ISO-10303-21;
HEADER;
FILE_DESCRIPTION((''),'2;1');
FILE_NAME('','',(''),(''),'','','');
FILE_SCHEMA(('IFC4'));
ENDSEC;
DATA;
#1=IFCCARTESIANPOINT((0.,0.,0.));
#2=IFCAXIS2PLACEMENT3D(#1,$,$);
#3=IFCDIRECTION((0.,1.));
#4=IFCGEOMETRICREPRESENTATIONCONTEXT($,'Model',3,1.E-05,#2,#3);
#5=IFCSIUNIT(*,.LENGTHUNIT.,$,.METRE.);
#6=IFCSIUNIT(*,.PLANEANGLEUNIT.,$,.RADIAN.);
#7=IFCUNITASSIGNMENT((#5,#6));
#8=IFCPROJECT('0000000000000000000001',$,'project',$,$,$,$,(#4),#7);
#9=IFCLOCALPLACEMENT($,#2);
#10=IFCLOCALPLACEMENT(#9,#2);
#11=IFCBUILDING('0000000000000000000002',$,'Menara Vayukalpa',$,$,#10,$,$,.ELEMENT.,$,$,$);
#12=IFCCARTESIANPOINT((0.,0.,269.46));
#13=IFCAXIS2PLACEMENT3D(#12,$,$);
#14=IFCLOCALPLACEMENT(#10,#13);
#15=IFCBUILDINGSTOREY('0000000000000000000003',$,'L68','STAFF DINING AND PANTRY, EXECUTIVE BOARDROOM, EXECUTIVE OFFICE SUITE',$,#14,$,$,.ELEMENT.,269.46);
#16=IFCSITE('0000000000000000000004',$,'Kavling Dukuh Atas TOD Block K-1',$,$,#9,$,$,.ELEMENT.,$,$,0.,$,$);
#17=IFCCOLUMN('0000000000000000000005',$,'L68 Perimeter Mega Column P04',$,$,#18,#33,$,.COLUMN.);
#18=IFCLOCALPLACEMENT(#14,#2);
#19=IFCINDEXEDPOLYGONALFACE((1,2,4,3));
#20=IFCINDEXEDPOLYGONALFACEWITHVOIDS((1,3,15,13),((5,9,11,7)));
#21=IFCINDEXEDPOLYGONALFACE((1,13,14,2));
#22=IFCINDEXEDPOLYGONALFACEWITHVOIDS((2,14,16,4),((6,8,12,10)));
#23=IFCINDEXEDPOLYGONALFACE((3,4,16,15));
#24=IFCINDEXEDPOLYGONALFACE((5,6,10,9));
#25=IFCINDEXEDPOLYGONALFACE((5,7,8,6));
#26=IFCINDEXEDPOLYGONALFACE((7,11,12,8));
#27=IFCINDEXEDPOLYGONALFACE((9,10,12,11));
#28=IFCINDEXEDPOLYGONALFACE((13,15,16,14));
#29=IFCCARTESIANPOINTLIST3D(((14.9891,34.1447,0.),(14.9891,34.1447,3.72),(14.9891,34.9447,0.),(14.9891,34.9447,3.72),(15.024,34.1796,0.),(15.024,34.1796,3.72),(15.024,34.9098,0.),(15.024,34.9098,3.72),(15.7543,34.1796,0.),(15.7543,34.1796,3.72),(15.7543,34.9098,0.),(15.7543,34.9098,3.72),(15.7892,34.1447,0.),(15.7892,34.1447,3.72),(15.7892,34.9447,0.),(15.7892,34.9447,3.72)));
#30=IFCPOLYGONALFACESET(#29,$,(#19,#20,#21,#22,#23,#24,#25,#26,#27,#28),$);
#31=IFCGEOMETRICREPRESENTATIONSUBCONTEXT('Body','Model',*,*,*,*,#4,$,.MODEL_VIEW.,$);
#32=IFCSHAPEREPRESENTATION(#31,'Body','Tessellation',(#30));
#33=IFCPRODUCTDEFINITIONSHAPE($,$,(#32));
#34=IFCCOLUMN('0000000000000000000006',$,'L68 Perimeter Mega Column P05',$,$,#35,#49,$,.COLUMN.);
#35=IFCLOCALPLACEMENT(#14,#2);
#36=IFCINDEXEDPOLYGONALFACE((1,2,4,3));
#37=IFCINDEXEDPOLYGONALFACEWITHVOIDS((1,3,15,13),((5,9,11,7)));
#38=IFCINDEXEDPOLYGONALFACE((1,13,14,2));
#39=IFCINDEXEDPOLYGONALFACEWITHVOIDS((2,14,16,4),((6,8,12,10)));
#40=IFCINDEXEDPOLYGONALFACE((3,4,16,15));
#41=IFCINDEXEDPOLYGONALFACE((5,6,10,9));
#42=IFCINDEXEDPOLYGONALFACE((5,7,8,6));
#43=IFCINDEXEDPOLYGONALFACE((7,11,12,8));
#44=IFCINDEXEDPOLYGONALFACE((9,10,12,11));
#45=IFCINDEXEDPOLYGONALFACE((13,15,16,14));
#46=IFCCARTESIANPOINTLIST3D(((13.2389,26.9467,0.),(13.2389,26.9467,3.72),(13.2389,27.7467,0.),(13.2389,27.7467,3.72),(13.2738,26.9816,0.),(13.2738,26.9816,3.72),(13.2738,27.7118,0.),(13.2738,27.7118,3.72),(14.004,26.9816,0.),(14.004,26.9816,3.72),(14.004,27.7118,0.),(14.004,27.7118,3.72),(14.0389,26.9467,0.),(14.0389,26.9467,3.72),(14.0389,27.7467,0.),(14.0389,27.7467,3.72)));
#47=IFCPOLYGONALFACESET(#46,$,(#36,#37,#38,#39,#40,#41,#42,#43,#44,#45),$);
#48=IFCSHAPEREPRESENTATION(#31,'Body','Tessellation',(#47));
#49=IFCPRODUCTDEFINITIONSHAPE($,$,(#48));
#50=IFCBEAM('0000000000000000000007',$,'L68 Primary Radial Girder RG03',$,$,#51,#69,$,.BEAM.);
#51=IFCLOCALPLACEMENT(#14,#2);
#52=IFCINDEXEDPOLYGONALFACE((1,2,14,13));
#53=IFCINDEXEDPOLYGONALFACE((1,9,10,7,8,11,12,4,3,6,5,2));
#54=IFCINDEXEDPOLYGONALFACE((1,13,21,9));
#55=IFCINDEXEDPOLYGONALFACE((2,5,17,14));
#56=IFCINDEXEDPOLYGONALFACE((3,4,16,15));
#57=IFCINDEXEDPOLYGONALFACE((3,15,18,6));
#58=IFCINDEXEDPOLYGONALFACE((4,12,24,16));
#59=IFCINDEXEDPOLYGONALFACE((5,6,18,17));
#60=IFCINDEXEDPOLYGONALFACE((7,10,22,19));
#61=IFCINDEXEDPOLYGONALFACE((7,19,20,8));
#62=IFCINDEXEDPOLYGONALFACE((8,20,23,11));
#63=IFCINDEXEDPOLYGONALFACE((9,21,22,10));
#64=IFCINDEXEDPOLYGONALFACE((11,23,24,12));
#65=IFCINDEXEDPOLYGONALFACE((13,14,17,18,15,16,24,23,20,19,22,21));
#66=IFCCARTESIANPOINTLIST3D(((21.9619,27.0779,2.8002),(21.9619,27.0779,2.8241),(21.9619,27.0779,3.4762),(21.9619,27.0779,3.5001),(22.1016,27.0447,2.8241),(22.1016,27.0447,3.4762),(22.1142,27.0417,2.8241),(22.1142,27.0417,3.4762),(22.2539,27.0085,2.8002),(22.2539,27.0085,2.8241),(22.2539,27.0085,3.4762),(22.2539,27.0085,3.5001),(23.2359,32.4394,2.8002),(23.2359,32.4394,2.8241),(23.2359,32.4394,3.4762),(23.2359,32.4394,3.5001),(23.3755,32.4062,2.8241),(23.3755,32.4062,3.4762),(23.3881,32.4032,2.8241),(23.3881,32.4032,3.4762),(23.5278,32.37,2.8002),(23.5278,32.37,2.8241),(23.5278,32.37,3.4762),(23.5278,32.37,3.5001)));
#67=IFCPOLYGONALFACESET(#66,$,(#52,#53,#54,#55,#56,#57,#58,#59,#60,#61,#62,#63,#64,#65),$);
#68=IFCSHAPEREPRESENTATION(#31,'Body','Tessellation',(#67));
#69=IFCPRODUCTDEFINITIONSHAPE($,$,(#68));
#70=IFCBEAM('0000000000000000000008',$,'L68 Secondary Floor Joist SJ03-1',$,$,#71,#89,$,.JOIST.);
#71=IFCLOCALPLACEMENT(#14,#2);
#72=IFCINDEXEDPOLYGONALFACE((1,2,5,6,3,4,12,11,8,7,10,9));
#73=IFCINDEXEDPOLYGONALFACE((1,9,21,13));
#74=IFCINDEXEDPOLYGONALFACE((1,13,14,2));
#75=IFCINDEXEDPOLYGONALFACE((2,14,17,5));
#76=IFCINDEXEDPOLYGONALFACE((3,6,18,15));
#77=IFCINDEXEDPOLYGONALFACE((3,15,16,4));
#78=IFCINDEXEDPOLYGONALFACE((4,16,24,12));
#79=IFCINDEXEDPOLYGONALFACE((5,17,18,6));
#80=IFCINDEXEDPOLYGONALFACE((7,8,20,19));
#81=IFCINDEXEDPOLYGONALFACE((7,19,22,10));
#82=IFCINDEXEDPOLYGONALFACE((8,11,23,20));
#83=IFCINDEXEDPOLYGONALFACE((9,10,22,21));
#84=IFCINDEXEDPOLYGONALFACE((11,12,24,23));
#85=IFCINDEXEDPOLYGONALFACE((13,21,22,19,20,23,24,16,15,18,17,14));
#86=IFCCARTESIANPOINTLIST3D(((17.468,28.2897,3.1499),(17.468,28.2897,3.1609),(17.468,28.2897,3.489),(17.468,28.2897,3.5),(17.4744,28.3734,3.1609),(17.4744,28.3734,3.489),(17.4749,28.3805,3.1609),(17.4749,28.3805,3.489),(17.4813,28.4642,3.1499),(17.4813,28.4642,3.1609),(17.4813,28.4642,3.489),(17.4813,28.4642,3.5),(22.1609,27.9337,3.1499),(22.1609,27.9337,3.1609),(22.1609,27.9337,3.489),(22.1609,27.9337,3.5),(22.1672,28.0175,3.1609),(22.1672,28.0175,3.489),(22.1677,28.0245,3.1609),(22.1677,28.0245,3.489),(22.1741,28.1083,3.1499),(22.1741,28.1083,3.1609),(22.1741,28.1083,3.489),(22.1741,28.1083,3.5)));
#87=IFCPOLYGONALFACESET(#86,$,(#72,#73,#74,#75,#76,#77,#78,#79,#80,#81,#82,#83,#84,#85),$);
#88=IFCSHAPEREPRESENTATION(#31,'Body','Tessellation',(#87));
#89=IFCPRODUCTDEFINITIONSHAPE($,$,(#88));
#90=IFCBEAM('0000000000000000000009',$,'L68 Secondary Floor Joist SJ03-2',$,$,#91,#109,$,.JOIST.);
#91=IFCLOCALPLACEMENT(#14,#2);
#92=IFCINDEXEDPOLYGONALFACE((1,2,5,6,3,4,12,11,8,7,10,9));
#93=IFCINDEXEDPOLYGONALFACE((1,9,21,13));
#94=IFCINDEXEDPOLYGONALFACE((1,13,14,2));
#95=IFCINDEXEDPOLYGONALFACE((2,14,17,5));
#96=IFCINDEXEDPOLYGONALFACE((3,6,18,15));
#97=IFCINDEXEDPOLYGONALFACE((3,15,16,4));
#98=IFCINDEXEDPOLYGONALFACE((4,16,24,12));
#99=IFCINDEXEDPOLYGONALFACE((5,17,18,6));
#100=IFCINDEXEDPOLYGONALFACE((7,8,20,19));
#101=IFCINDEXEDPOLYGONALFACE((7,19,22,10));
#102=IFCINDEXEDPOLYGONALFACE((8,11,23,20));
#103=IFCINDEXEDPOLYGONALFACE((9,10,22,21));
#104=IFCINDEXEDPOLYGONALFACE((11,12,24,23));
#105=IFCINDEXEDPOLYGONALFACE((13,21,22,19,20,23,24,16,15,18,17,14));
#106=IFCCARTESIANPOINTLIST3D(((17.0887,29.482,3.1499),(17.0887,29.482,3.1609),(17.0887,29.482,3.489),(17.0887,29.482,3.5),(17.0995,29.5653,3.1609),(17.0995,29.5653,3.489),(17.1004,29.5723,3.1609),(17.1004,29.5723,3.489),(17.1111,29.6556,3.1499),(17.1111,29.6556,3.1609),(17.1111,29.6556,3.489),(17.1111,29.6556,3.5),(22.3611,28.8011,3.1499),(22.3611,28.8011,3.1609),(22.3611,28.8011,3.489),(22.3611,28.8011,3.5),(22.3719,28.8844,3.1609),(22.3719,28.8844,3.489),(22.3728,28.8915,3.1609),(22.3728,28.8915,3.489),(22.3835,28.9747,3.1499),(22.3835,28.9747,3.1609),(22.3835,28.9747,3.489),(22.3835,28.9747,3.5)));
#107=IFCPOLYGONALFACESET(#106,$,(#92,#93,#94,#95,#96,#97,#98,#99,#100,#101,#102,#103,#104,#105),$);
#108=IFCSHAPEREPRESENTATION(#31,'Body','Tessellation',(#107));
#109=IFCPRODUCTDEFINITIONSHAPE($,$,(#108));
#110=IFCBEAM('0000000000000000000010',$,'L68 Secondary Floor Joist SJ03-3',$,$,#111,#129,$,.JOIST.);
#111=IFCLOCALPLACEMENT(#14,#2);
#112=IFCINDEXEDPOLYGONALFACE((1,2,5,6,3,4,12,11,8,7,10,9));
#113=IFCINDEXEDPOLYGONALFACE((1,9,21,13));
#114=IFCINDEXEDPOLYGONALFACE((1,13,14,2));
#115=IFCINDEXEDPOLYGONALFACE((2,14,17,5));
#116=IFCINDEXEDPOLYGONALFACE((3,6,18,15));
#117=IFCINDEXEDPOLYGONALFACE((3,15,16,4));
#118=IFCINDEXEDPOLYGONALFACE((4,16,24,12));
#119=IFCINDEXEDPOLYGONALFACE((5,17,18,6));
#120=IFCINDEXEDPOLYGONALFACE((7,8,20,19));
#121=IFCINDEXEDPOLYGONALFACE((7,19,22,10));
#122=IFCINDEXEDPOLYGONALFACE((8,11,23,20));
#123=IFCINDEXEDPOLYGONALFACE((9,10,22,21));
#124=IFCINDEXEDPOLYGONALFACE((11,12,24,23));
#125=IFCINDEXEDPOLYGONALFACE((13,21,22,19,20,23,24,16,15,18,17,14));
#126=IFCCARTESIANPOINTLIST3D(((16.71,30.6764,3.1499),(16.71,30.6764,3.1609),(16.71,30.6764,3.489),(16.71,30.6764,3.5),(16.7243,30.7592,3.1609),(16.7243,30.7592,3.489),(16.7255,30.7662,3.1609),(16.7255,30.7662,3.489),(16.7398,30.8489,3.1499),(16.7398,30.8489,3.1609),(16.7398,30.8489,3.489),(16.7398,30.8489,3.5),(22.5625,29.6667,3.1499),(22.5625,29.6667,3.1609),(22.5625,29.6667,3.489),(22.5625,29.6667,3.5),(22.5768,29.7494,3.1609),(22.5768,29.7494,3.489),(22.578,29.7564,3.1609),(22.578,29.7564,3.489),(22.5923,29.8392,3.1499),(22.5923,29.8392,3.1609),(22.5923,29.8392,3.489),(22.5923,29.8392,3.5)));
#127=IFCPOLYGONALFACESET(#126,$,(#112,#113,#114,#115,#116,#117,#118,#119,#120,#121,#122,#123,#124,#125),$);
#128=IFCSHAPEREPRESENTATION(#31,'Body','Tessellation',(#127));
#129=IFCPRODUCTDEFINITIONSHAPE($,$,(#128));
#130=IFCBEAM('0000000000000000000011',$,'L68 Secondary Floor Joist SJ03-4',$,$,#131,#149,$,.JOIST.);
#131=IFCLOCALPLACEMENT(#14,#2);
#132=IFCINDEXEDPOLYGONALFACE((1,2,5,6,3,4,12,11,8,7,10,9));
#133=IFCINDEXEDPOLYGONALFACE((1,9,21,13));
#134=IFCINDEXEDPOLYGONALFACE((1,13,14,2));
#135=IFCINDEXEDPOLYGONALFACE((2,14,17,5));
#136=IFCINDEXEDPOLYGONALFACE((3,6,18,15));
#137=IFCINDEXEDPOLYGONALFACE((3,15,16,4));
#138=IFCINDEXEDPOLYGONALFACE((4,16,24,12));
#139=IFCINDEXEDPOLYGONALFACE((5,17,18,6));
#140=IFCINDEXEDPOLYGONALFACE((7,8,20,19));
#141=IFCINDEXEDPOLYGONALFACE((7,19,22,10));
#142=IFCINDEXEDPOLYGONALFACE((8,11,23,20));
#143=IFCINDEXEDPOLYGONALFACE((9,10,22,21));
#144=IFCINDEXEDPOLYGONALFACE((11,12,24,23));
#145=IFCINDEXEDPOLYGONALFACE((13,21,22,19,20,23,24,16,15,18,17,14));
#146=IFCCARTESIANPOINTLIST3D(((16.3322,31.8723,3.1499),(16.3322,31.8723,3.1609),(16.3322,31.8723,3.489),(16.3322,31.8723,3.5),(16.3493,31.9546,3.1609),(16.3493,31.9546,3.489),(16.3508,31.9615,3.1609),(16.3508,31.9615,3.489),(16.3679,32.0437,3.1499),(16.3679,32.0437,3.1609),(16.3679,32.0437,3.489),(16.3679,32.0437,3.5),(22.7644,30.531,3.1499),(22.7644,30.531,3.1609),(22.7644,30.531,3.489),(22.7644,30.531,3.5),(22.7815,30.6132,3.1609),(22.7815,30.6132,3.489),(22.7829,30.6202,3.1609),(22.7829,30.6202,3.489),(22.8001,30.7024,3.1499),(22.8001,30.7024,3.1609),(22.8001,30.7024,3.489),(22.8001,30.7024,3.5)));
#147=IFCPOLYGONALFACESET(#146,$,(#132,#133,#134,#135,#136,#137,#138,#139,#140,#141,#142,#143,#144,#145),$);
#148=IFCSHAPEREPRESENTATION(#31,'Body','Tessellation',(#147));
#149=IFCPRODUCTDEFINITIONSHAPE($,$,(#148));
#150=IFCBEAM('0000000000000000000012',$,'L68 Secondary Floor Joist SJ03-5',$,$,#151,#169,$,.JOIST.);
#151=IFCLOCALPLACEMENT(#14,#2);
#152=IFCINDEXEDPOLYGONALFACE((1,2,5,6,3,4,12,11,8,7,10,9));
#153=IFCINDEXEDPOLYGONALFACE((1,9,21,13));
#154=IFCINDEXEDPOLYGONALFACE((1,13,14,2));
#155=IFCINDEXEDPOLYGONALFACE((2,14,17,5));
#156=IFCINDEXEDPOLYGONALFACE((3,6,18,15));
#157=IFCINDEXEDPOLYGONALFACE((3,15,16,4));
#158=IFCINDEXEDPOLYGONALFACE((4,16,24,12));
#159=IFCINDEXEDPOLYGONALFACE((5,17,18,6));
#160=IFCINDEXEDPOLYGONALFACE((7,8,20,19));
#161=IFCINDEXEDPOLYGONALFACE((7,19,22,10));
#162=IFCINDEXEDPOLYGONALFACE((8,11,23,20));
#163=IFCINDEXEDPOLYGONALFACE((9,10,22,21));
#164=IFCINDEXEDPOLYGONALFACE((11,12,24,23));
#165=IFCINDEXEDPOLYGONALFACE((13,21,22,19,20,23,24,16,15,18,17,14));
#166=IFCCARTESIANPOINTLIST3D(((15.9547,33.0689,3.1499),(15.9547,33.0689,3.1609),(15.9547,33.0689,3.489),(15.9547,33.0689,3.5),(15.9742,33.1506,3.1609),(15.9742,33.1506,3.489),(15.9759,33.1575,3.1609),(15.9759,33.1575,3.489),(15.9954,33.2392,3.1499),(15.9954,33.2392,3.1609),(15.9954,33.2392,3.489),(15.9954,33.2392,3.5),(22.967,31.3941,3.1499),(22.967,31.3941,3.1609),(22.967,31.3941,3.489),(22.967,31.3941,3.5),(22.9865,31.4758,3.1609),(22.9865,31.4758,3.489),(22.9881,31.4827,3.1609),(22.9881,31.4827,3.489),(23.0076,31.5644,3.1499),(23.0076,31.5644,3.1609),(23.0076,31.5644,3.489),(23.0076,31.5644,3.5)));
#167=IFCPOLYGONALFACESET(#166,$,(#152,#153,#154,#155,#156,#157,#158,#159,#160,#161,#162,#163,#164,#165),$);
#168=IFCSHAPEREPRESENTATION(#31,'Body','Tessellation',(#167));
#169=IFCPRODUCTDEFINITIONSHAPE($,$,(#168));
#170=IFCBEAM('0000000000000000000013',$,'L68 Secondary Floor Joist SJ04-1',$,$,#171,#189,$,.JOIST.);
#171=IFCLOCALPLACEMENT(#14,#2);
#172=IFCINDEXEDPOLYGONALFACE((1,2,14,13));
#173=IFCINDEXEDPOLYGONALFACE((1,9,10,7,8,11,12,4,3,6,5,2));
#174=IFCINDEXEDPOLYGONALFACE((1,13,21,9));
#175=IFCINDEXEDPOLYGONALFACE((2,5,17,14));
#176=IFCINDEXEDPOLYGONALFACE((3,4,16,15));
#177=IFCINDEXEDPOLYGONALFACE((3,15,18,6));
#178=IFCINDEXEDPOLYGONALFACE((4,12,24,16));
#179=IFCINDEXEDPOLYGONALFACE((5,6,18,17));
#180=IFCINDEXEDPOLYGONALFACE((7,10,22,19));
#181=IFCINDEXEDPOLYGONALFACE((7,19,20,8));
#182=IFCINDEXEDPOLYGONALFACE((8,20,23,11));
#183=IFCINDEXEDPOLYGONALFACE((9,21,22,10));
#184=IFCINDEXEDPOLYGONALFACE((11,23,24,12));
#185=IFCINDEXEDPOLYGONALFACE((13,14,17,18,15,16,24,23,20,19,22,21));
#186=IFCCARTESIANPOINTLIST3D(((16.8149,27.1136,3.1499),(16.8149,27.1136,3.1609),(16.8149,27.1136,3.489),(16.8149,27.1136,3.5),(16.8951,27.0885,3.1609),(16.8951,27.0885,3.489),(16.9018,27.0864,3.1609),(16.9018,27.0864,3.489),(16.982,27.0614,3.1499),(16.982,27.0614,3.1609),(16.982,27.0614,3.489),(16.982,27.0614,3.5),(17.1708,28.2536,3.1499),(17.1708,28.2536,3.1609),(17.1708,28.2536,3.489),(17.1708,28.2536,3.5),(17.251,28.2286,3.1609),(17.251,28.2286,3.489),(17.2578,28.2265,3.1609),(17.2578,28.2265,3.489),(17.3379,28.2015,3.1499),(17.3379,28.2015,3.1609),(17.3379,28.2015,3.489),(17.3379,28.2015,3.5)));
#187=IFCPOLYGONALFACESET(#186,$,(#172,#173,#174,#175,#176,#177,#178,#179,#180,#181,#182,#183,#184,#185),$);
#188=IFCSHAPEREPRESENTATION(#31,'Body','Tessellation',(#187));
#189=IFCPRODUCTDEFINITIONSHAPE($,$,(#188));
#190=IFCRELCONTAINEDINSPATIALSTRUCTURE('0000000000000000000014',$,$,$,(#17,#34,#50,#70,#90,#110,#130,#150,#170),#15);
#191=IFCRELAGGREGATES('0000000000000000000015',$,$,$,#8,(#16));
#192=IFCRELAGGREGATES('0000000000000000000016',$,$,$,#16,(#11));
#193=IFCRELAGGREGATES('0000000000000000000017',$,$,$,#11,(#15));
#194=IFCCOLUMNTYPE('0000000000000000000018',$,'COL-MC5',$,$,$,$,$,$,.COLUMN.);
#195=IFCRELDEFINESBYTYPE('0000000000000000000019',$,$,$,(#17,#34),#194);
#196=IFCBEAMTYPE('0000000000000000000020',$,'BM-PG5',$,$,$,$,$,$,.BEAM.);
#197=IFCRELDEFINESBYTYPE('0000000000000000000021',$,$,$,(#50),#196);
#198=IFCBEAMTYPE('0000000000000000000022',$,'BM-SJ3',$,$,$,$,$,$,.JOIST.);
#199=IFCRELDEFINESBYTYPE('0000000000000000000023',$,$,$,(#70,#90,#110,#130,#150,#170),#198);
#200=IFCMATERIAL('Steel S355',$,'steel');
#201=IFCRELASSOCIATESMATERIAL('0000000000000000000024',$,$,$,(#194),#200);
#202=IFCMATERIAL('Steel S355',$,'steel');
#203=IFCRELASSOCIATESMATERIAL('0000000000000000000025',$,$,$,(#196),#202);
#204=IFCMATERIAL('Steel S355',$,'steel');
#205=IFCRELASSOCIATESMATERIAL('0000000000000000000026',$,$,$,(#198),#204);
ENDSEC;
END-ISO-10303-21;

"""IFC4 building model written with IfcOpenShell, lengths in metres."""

from ifc_helpers import new_model, si_unit, direction, frame, origin, origin_2d, place, context, subcontext, project, spatial, hollow_rectangle, i_section, extrude, material, material_profile, profile_set, type_object, element, save


model = new_model("IFC4")

# Units and contexts
model_context = context("Model", 3, precision=1e-05, world=origin(), true_north=direction((0.0, 1.0)))
body_context = subcontext(model_context, "Body", "Model", "MODEL_VIEW")
ifc_project = project(units=[si_unit("LENGTHUNIT", "METRE"), si_unit("PLANEANGLEUNIT", "RADIAN")], contexts=[model_context])

# Site, building, storey
site_placement = place(None, origin())
site = spatial("IfcSite", under=ifc_project, at=site_placement, Name="Kavling Dukuh Atas TOD Block K-1", CompositionType="ELEMENT", RefElevation=0.0)
building_placement = place(site_placement, origin())
building = spatial("IfcBuilding", under=site, at=building_placement, Name="Menara Vayukalpa", CompositionType="ELEMENT")
storey_placement = place(building_placement, frame((0.0, 0.0, 269.46)))
storey = spatial("IfcBuildingStorey", under=building, at=storey_placement, Name="L68", Description="STAFF DINING AND PANTRY, EXECUTIVE BOARDROOM, EXECUTIVE OFFICE SUITE", CompositionType="ELEMENT", Elevation=269.46)

# Columns
ifc_material_1 = material(Name="Steel S355", Category="steel")
ifc_material_profile_1 = material_profile(ifc_material_1, hollow_rectangle(XDim=0.8, YDim=0.8, WallThickness=0.0349, at=origin_2d()), Name="BOX 800x800x35")
ifc_profile_set_1 = profile_set([ifc_material_profile_1], Name="Steel S355")
column_type = type_object("IfcColumnType", Name="COL-MC5", PredefinedType="COLUMN", material=ifc_profile_set_1)
for number, where, z_axis, x_axis, name in (
    (1, (15.3892, 34.5447, 0.0), (0.0, 0.0, 1.0), (1.0, 0.0, 0.0), "L68 Perimeter Mega Column P04"),
    (2, (13.6389, 27.3467, 0.0), (0.0, 0.0, 1.0), (1.0, 0.0, 0.0), "L68 Perimeter Mega Column P05"),
):
    element("IfcColumn", number, at=place(storey_placement, frame(where, z_axis=z_axis, x_axis=x_axis)), inside=storey, type_object=column_type, Name=name, PredefinedType="COLUMN", context=body_context, shape_type="SweptSolid", body=[
        extrude(hollow_rectangle(XDim=0.8, YDim=0.8, WallThickness=0.0349, at=origin_2d()), origin(), (0.0, 0.0, 1.0), 3.72),
    ])

# Beams
ifc_material_2 = material(Name="Steel S355", Category="steel")
ifc_material_profile_2 = material_profile(ifc_material_2, i_section(OverallWidth=0.3, OverallDepth=0.7, WebThickness=0.0129, FlangeThickness=0.0239, at=origin_2d()), Name="WF 700x300x13x24")
ifc_profile_set_2 = profile_set([ifc_material_profile_2], Name="Steel S355")
beam_type_1 = type_object("IfcBeamType", Name="BM-PG5", PredefinedType="BEAM", material=ifc_profile_set_2)
beam_1_placement = place(storey_placement, frame((22.1079, 27.0432, 3.1501), z_axis=(0.231167, 0.972914, 0.0), x_axis=(-0.972914, 0.231167, 0.0)))
element("IfcBeam", 3, at=beam_1_placement, inside=storey, type_object=beam_type_1, Name="L68 Primary Radial Girder RG03", PredefinedType="BEAM", context=body_context, shape_type="SweptSolid", body=[
    extrude(i_section(OverallWidth=0.3, OverallDepth=0.7, WebThickness=0.0129, FlangeThickness=0.0239, at=origin_2d()), origin(), (0.0, 0.0, 1.0), 5.5107),
])
ifc_material_3 = material(Name="Steel S355", Category="steel")
ifc_material_profile_3 = material_profile(ifc_material_3, i_section(OverallWidth=0.175, OverallDepth=0.3501, WebThickness=0.0071, FlangeThickness=0.011, at=origin_2d()), Name="WF 350x175x7x11")
ifc_profile_set_3 = profile_set([ifc_material_profile_3], Name="Steel S355")
beam_type_2 = type_object("IfcBeamType", Name="BM-SJ3", PredefinedType="JOIST", material=ifc_profile_set_3)
beam_2_placement = place(storey_placement, frame((22.1675, 28.021, 3.325), z_axis=(-0.997136, 0.075633, 0.0), x_axis=(-0.075633, -0.997136, 0.0)))
element("IfcBeam", 4, at=beam_2_placement, inside=storey, type_object=beam_type_2, Name="L68 Secondary Floor Joist SJ03-1", PredefinedType="JOIST", context=body_context, shape_type="SweptSolid", body=[
    extrude(i_section(OverallWidth=0.175, OverallDepth=0.3501, WebThickness=0.0071, FlangeThickness=0.011, at=origin_2d()), origin(), (0.0, 0.0, 1.0), 4.7063),
])
beam_3_placement = place(storey_placement, frame((22.3723, 28.8879, 3.325), z_axis=(-0.991764, 0.128081, 0.0), x_axis=(-0.128081, -0.991764, 0.0)))
element("IfcBeam", 5, at=beam_3_placement, inside=storey, type_object=beam_type_2, Name="L68 Secondary Floor Joist SJ03-2", PredefinedType="JOIST", context=body_context, shape_type="SweptSolid", body=[
    extrude(i_section(OverallWidth=0.175, OverallDepth=0.3501, WebThickness=0.0071, FlangeThickness=0.011, at=origin_2d()), origin(), (0.0, 0.0, 1.0), 5.3162),
])
beam_4_placement = place(storey_placement, frame((22.5774, 29.7529, 3.325), z_axis=(-0.98544, 0.170023, 0.0), x_axis=(-0.170023, -0.98544, 0.0)))
element("IfcBeam", 6, at=beam_4_placement, inside=storey, type_object=beam_type_2, Name="L68 Secondary Floor Joist SJ03-3", PredefinedType="JOIST", context=body_context, shape_type="SweptSolid", body=[
    extrude(i_section(OverallWidth=0.175, OverallDepth=0.3501, WebThickness=0.0071, FlangeThickness=0.011, at=origin_2d()), origin(), (0.0, 0.0, 1.0), 5.939),
])
beam_5_placement = place(storey_placement, frame((22.7822, 30.6167, 3.325), z_axis=(-0.978941, 0.204141, 0.0), x_axis=(-0.204141, -0.978941, 0.0)))
element("IfcBeam", 7, at=beam_5_placement, inside=storey, type_object=beam_type_2, Name="L68 Secondary Floor Joist SJ03-4", PredefinedType="JOIST", context=body_context, shape_type="SweptSolid", body=[
    extrude(i_section(OverallWidth=0.175, OverallDepth=0.3501, WebThickness=0.0071, FlangeThickness=0.011, at=origin_2d()), origin(), (0.0, 0.0, 1.0), 6.5706),
])
beam_6_placement = place(storey_placement, frame((22.9873, 31.4792, 3.325), z_axis=(-0.972642, 0.232307, 0.0), x_axis=(-0.232307, -0.972642, 0.0)))
element("IfcBeam", 8, at=beam_6_placement, inside=storey, type_object=beam_type_2, Name="L68 Secondary Floor Joist SJ03-5", PredefinedType="JOIST", context=body_context, shape_type="SweptSolid", body=[
    extrude(i_section(OverallWidth=0.175, OverallDepth=0.3501, WebThickness=0.0071, FlangeThickness=0.011, at=origin_2d()), origin(), (0.0, 0.0, 1.0), 7.2095),
])
beam_7_placement = place(storey_placement, frame((17.2544, 28.2275, 3.325), z_axis=(-0.298019, -0.95456, 0.0), x_axis=(0.95456, -0.298019, 0.0)))
element("IfcBeam", 9, at=beam_7_placement, inside=storey, type_object=beam_type_2, Name="L68 Secondary Floor Joist SJ04-1", PredefinedType="JOIST", context=body_context, shape_type="SweptSolid", body=[
    extrude(i_section(OverallWidth=0.175, OverallDepth=0.3501, WebThickness=0.0071, FlangeThickness=0.011, at=origin_2d()), origin(), (0.0, 0.0, 1.0), 1.1943),
])

save(model, "model.ifc")
